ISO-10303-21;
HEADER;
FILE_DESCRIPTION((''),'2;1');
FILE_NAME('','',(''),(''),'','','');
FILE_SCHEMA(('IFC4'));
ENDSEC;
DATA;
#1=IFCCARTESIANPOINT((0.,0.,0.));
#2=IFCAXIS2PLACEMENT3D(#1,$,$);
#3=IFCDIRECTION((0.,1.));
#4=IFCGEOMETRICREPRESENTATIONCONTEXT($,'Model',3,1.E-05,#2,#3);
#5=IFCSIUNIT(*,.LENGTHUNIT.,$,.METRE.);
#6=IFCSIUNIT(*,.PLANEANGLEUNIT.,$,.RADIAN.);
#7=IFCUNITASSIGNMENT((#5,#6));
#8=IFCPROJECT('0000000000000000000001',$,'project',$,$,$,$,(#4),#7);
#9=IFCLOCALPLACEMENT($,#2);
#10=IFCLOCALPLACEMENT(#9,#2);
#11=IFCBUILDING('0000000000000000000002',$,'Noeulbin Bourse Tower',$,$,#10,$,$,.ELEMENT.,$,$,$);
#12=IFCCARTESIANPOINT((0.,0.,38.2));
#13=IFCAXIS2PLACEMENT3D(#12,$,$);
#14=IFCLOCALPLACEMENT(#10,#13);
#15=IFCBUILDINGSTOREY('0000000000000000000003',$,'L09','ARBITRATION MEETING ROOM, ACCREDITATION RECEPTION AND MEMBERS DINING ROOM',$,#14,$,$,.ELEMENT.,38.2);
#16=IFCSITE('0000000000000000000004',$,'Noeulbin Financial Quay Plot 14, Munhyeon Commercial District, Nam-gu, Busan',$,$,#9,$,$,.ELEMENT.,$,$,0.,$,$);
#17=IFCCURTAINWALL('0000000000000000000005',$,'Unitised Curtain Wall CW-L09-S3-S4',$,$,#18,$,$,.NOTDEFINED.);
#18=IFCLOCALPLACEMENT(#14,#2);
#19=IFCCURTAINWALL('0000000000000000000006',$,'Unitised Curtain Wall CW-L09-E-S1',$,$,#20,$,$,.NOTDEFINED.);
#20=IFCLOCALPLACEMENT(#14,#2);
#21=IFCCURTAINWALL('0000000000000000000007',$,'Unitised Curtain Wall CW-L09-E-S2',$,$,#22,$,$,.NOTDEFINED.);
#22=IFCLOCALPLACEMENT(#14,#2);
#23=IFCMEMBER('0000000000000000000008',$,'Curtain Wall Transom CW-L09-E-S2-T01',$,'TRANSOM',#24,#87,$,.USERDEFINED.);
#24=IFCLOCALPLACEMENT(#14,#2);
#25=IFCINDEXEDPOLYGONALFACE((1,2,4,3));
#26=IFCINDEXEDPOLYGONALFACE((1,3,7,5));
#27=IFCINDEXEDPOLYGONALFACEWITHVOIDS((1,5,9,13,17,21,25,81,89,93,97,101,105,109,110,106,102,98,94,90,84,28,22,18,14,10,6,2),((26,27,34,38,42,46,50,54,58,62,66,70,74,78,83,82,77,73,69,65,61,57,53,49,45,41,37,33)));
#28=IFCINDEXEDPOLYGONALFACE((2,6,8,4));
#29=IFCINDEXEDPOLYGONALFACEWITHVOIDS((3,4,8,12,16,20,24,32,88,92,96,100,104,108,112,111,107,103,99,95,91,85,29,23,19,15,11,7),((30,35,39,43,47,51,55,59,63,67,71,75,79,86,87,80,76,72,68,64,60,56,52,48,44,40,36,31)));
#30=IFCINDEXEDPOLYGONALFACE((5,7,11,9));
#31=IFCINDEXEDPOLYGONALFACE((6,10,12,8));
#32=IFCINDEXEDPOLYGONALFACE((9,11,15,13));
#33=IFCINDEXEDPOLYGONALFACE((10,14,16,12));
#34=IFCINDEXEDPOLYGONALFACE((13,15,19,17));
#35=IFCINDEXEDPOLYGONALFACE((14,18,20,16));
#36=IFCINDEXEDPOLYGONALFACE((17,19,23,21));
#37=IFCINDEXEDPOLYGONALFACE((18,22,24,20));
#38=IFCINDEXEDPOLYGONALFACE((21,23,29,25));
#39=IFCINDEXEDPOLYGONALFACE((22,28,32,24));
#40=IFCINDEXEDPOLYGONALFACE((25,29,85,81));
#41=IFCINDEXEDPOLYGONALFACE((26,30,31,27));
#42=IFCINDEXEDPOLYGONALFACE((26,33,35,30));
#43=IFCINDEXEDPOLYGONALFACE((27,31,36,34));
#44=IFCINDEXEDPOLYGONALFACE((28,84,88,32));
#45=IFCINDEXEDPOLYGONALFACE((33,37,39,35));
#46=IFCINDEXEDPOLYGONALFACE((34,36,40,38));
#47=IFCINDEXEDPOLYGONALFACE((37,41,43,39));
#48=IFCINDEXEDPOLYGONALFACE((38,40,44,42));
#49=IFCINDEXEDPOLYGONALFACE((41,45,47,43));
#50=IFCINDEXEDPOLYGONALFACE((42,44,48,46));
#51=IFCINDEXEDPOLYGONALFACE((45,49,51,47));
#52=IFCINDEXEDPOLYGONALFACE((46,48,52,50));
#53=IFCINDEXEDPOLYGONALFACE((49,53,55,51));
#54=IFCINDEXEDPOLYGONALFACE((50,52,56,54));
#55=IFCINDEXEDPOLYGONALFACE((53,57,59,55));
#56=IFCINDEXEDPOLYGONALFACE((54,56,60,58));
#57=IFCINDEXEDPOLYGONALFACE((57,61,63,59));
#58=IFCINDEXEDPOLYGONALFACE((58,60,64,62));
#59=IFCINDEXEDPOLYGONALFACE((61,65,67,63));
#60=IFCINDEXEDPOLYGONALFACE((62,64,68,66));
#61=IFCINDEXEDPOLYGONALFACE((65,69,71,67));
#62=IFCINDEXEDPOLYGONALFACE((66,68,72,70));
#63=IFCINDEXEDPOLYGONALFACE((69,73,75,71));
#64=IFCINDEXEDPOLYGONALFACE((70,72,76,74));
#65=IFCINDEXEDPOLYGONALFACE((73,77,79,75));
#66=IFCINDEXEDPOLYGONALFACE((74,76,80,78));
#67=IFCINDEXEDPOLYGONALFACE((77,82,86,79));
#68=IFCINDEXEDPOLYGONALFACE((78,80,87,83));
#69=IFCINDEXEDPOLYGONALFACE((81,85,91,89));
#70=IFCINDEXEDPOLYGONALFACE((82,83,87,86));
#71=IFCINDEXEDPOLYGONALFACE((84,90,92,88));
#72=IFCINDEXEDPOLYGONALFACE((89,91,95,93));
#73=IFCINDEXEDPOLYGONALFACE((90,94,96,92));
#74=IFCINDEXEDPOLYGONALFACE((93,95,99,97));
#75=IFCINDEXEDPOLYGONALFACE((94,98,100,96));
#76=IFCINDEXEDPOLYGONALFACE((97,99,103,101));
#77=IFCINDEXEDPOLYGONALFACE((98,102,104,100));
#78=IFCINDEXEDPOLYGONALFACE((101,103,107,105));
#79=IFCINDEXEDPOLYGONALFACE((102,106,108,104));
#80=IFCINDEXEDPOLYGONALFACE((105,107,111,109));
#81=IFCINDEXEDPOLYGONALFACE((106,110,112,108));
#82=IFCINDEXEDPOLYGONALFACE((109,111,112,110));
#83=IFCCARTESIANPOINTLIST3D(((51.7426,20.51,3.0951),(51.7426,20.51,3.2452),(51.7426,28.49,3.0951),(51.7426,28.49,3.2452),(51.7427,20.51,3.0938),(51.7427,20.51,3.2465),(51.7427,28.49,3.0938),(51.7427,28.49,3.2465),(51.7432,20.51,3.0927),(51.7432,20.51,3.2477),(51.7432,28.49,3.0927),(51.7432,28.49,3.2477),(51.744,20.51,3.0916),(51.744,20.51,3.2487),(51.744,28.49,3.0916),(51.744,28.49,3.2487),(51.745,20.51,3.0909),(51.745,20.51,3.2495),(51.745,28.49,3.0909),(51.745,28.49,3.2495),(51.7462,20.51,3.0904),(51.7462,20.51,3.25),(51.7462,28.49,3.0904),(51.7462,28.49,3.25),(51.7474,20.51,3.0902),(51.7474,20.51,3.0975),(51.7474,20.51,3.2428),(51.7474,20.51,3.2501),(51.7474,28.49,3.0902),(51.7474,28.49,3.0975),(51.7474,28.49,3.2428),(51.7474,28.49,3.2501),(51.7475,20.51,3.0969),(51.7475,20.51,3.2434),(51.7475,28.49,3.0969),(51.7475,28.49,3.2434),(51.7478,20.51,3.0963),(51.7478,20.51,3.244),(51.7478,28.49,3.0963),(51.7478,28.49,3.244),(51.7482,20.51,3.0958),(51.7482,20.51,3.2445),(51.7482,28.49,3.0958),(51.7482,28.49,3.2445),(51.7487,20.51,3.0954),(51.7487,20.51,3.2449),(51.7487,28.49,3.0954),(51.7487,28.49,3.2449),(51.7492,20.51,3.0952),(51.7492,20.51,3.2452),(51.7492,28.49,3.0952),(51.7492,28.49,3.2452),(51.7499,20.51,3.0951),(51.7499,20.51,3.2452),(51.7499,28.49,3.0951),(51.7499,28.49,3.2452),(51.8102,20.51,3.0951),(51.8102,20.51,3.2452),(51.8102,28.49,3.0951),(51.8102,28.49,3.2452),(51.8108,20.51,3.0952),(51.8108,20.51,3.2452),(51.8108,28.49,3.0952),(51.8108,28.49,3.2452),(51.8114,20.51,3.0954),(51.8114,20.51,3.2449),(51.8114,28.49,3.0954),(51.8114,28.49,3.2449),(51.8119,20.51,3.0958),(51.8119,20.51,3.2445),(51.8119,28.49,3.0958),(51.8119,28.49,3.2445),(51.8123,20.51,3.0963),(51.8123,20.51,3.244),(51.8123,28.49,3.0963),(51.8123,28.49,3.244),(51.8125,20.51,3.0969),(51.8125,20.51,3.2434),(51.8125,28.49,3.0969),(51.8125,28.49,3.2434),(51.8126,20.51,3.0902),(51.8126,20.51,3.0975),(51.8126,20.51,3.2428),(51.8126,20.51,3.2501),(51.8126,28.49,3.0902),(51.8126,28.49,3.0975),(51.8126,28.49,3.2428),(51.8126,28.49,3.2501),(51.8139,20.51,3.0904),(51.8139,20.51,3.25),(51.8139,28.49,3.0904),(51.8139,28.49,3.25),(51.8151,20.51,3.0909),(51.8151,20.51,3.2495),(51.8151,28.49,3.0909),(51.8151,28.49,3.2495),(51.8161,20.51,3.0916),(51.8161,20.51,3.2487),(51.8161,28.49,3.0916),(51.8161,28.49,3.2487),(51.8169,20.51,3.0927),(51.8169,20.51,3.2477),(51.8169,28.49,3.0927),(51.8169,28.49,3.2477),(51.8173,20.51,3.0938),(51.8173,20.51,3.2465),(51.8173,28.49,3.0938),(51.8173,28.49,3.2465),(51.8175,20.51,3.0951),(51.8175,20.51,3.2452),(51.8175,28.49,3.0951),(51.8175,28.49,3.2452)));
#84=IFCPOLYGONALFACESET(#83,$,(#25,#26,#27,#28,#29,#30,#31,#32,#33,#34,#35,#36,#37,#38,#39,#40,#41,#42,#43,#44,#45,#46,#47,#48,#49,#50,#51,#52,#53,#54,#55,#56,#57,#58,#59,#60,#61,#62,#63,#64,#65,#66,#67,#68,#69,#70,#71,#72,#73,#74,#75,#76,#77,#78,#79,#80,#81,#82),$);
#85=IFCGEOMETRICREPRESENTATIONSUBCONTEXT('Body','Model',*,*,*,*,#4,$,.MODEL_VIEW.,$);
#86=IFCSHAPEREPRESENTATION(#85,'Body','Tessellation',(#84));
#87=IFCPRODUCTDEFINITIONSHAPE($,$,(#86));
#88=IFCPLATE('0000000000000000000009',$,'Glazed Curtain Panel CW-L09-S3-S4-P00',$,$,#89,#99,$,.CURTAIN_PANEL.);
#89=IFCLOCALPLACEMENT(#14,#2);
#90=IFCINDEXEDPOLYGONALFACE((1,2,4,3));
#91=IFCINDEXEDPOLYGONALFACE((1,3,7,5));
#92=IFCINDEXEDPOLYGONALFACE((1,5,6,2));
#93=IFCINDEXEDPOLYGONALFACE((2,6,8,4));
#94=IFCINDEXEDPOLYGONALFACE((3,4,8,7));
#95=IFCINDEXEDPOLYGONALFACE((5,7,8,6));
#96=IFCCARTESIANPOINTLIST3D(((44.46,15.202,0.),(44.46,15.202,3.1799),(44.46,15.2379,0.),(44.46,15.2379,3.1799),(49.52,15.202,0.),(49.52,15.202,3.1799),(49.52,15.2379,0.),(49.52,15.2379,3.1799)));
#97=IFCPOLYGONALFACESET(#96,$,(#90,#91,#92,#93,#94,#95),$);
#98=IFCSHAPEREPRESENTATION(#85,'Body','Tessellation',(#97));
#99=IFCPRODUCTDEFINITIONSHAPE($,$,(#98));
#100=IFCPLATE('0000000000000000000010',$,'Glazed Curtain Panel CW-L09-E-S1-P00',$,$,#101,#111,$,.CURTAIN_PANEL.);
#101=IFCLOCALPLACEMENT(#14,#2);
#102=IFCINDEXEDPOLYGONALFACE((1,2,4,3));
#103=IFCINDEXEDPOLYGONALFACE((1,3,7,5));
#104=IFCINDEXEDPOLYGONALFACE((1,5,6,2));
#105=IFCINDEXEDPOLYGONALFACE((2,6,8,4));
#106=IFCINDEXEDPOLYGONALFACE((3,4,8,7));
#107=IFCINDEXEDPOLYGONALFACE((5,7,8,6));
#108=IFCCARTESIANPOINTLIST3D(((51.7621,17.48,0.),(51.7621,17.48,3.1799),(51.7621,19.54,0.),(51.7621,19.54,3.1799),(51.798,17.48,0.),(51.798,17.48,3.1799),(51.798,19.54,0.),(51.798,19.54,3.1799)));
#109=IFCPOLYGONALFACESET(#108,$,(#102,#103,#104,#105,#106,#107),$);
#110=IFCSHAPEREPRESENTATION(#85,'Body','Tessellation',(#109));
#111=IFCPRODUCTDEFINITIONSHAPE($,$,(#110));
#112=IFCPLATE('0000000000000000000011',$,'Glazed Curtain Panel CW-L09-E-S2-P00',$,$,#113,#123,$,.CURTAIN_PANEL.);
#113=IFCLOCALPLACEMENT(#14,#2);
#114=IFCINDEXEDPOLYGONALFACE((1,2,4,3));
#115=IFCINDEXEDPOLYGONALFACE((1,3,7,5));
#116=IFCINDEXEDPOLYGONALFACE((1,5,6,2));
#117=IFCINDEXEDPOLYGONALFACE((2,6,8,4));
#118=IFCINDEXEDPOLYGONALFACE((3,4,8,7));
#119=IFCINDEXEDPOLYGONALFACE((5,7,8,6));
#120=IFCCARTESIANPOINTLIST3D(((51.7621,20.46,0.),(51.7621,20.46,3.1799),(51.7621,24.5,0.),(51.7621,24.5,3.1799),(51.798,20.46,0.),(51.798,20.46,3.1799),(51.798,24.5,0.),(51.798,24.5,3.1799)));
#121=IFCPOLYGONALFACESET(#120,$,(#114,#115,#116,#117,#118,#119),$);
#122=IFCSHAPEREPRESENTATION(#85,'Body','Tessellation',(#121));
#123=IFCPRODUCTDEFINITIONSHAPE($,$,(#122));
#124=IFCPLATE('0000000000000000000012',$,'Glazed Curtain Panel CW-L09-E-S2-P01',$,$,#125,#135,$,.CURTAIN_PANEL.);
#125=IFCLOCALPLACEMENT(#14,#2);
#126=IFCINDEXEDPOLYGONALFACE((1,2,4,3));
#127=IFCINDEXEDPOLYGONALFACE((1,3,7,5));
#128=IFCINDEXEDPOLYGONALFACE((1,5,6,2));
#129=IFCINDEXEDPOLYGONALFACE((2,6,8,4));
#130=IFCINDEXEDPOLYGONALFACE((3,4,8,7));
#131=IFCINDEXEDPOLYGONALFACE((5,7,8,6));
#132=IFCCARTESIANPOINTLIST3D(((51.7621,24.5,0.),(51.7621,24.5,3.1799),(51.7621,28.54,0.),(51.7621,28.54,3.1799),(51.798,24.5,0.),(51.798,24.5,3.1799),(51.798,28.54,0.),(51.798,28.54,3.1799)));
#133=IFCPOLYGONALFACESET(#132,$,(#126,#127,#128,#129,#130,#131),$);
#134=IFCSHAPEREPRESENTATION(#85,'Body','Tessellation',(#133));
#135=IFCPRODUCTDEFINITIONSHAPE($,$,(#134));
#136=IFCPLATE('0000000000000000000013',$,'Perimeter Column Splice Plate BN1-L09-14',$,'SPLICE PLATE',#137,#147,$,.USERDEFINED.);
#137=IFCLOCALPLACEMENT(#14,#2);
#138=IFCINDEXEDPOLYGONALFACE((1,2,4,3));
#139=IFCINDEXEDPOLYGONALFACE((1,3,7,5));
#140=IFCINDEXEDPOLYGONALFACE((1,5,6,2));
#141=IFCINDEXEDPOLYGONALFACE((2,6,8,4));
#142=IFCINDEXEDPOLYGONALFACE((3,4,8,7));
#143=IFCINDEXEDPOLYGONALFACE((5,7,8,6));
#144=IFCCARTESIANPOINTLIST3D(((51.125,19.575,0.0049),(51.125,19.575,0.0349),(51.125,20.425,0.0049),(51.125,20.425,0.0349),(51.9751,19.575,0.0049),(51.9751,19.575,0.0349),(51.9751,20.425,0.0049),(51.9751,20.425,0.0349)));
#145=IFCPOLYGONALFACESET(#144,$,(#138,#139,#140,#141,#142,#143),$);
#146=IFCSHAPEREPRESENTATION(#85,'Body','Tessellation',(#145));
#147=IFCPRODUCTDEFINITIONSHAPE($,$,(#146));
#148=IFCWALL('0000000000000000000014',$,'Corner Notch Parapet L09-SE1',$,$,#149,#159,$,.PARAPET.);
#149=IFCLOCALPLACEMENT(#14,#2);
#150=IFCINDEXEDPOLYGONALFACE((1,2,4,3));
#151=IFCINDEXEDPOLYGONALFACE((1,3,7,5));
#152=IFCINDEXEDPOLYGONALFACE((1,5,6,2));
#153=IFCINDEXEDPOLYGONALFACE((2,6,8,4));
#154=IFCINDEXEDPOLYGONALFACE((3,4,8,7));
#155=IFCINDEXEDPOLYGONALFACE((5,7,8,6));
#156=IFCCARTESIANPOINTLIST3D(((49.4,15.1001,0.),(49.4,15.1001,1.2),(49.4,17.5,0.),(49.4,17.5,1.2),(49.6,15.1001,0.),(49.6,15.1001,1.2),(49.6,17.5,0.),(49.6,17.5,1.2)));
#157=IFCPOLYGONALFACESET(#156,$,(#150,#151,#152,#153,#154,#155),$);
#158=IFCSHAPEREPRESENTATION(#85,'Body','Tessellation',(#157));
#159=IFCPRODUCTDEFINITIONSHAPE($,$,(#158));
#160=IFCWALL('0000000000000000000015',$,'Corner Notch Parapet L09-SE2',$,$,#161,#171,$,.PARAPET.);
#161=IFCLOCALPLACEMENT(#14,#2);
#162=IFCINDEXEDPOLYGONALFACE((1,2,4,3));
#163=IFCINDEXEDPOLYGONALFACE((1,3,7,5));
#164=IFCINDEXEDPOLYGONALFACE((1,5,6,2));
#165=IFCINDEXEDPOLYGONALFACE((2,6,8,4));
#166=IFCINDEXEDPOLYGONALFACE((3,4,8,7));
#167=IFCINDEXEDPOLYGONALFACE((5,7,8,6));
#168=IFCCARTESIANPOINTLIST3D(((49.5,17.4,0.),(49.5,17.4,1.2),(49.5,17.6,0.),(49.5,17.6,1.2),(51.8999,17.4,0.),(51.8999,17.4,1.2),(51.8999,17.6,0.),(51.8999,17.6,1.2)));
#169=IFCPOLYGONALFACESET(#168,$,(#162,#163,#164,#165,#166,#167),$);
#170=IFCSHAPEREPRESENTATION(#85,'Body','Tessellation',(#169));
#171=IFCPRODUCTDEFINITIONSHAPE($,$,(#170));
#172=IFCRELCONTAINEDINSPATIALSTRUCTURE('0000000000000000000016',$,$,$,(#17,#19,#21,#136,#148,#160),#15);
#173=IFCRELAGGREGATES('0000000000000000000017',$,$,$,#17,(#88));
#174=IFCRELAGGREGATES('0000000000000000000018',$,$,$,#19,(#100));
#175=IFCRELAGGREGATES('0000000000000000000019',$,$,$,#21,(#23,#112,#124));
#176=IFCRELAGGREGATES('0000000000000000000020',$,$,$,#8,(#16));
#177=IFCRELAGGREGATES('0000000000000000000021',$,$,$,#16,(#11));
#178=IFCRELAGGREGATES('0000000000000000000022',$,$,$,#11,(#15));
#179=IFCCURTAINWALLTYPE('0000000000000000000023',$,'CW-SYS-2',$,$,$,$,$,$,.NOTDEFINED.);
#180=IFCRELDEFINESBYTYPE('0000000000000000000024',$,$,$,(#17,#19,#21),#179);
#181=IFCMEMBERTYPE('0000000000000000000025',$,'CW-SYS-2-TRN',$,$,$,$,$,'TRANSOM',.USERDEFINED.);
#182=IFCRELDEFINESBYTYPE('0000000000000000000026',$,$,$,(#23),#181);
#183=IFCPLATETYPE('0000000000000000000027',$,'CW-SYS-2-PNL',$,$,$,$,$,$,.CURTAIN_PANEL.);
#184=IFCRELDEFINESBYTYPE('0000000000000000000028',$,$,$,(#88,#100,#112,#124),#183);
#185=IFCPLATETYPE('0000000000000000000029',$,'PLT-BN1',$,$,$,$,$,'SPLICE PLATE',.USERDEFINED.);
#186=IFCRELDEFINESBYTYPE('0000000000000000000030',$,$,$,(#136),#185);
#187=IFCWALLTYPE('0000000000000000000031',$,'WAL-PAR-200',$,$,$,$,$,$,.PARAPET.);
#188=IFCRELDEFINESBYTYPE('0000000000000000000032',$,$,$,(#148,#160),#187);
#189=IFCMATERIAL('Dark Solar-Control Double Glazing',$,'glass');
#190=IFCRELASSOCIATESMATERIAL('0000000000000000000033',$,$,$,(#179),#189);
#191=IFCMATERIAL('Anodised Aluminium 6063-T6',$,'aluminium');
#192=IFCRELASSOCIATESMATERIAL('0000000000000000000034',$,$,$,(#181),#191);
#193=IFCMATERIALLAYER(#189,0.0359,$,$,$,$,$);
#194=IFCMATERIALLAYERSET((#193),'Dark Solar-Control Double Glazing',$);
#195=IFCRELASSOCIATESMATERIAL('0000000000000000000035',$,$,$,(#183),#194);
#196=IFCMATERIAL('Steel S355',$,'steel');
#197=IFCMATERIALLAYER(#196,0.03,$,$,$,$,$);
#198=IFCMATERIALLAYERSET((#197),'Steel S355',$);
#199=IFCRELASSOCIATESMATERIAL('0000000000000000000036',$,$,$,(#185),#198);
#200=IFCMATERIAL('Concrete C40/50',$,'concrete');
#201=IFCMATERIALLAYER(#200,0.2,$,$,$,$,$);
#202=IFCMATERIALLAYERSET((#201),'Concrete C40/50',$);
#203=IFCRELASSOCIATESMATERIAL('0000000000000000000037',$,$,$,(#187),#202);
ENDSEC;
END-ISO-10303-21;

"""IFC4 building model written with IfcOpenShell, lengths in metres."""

from ifc_helpers import new_model, si_unit, direction, frame, frame_2d, origin, origin_2d, place, context, subcontext, project, spatial, rectangle, hollow_rectangle, extrude, material, layer, layer_set, material_profile, profile_set, type_object, element, aggregate, save


model = new_model("IFC4")

# Units and contexts
model_context = context("Model", 3, precision=1e-05, world=origin(), true_north=direction((0.0, 1.0)))
body_context = subcontext(model_context, "Body", "Model", "MODEL_VIEW")
ifc_project = project(units=[si_unit("LENGTHUNIT", "METRE"), si_unit("PLANEANGLEUNIT", "RADIAN")], contexts=[model_context])

# Site, building, storey
site_placement = place(None, origin())
site = spatial("IfcSite", under=ifc_project, at=site_placement, Name="Noeulbin Financial Quay Plot 14, Munhyeon Commercial District, Nam-gu, Busan", CompositionType="ELEMENT", RefElevation=0.0)
building_placement = place(site_placement, origin())
building = spatial("IfcBuilding", under=site, at=building_placement, Name="Noeulbin Bourse Tower", CompositionType="ELEMENT")
storey_placement = place(building_placement, frame((0.0, 0.0, 38.2)))
storey = spatial("IfcBuildingStorey", under=building, at=storey_placement, Name="L09", Description="ARBITRATION MEETING ROOM, ACCREDITATION RECEPTION AND MEMBERS DINING ROOM", CompositionType="ELEMENT", Elevation=38.2)

# Shared definitions
ifc_material_1 = material(Name="Steel S355", Category="steel")

# Curtain walls
ifc_material_2 = material(Name="Dark Solar-Control Double Glazing", Category="glass")
curtain_wall_type = type_object("IfcCurtainWallType", Name="CW-SYS-2", PredefinedType="NOTDEFINED", material=ifc_material_2)
curtain_wall_1_placement = place(storey_placement, origin())
curtain_wall_1 = element("IfcCurtainWall", 1, at=curtain_wall_1_placement, inside=storey, type_object=curtain_wall_type, Name="Unitised Curtain Wall CW-L09-S3-S4", PredefinedType="NOTDEFINED")
ifc_material_3 = material(Name="Anodised Aluminium 6063-T6", Category="aluminium")
curtain_wall_2_placement = place(storey_placement, origin())
curtain_wall_2 = element("IfcCurtainWall", 2, at=curtain_wall_2_placement, inside=storey, type_object=curtain_wall_type, Name="Unitised Curtain Wall CW-L09-E-S1", PredefinedType="NOTDEFINED")
curtain_wall_3_placement = place(storey_placement, origin())
curtain_wall_3 = element("IfcCurtainWall", 3, at=curtain_wall_3_placement, inside=storey, type_object=curtain_wall_type, Name="Unitised Curtain Wall CW-L09-E-S2", PredefinedType="NOTDEFINED")

# Member
ifc_material_profile_1 = material_profile(ifc_material_3, hollow_rectangle(XDim=0.075, YDim=0.1599, WallThickness=0.0049, InnerFilletRadius=0.0024, OuterFilletRadius=0.0049, at=origin_2d()), Name="ALU-TRAN-75x160x5", Category="LoadBearing")
ifc_profile_set_1 = profile_set([ifc_material_profile_1], Name="Anodised Aluminium 6063-T6")
member_type_1 = type_object("IfcMemberType", Name="CW-SYS-2-TRN", ElementType="TRANSOM", PredefinedType="USERDEFINED", material=ifc_profile_set_1)
member_1_placement = place(storey_placement, frame((51.78, 20.51, 3.1702), z_axis=(0.0, 1.0, 0.0), x_axis=(-1.0, 0.0, 0.0)))
member_1 = element("IfcMember", 4, at=member_1_placement, type_object=member_type_1, Name="Curtain Wall Transom CW-L09-E-S2-T01", ObjectType="TRANSOM", PredefinedType="USERDEFINED", context=body_context, shape_type="SweptSolid", body=[
    extrude(hollow_rectangle(XDim=0.075, YDim=0.1599, WallThickness=0.0049, InnerFilletRadius=0.0024, OuterFilletRadius=0.0049, at=origin_2d()), origin(), (0.0, 0.0, 1.0), 7.98),
])

# Plates
ifc_layer_1 = layer(ifc_material_2, 0.0359)
ifc_layer_set_1 = layer_set([ifc_layer_1], Name="Dark Solar-Control Double Glazing")
plate_type_1 = type_object("IfcPlateType", Name="CW-SYS-2-PNL", PredefinedType="CURTAIN_PANEL", material=ifc_layer_set_1)
plate_1_placement = place(storey_placement, frame((46.99, 15.22, 0.0), z_axis=(0.0, 0.0, 1.0), x_axis=(1.0, 0.0, 0.0)))
plate_1 = element("IfcPlate", 5, at=plate_1_placement, type_object=plate_type_1, Name="Glazed Curtain Panel CW-L09-S3-S4-P00", PredefinedType="CURTAIN_PANEL", context=body_context, shape_type="SweptSolid", body=[
    extrude(rectangle(XDim=5.0601, YDim=0.0359, at=origin_2d()), origin(), (0.0, 0.0, 1.0), 3.1799),
])
aggregate(curtain_wall_1, [plate_1])
plate_2_placement = place(storey_placement, frame((51.78, 18.51, 0.0), z_axis=(0.0, 0.0, 1.0), x_axis=(0.0, 1.0, 0.0)))
plate_2 = element("IfcPlate", 6, at=plate_2_placement, type_object=plate_type_1, Name="Glazed Curtain Panel CW-L09-E-S1-P00", PredefinedType="CURTAIN_PANEL", context=body_context, shape_type="SweptSolid", body=[
    extrude(rectangle(XDim=2.0601, YDim=0.0359, at=origin_2d()), origin(), (0.0, 0.0, 1.0), 3.1799),
])
aggregate(curtain_wall_2, [plate_2])
plate_3_placement = place(storey_placement, frame((51.78, 22.48, 0.0), z_axis=(0.0, 0.0, 1.0), x_axis=(0.0, 1.0, 0.0)))
plate_3 = element("IfcPlate", 7, at=plate_3_placement, type_object=plate_type_1, Name="Glazed Curtain Panel CW-L09-E-S2-P00", PredefinedType="CURTAIN_PANEL", context=body_context, shape_type="SweptSolid", body=[
    extrude(rectangle(XDim=4.04, YDim=0.0359, at=origin_2d()), origin(), (0.0, 0.0, 1.0), 3.1799),
])
plate_4_placement = place(storey_placement, frame((51.78, 26.52, 0.0), z_axis=(0.0, 0.0, 1.0), x_axis=(0.0, 1.0, 0.0)))
plate_4 = element("IfcPlate", 8, at=plate_4_placement, type_object=plate_type_1, Name="Glazed Curtain Panel CW-L09-E-S2-P01", PredefinedType="CURTAIN_PANEL", context=body_context, shape_type="SweptSolid", body=[
    extrude(rectangle(XDim=4.04, YDim=0.0359, at=origin_2d()), origin(), (0.0, 0.0, 1.0), 3.1799),
])
aggregate(curtain_wall_3, [member_1, plate_3, plate_4])
ifc_layer_2 = layer(ifc_material_1, 0.03)
ifc_layer_set_2 = layer_set([ifc_layer_2], Name="Steel S355")
plate_type_2 = type_object("IfcPlateType", Name="PLT-BN1", ElementType="SPLICE PLATE", PredefinedType="USERDEFINED", material=ifc_layer_set_2)
plate_5_placement = place(storey_placement, frame((51.55, 20.0, 0.0049), z_axis=(0.0, 0.0, 1.0), x_axis=(1.0, 0.0, 0.0)))
element("IfcPlate", 9, at=plate_5_placement, inside=storey, type_object=plate_type_2, Name="Perimeter Column Splice Plate BN1-L09-14", ObjectType="SPLICE PLATE", PredefinedType="USERDEFINED", context=body_context, shape_type="SweptSolid", body=[
    extrude(rectangle(XDim=0.8501, YDim=0.8501, at=origin_2d()), origin(), (0.0, 0.0, 1.0), 0.03),
])

# Walls
ifc_material_4 = material(Name="Concrete C40/50", Category="concrete")
ifc_layer_3 = layer(ifc_material_4, 0.2)
ifc_layer_set_3 = layer_set([ifc_layer_3], Name="Concrete C40/50")
wall_type_1 = type_object("IfcWallType", Name="WAL-PAR-200", PredefinedType="PARAPET", material=ifc_layer_set_3)
for number, where, z_axis, x_axis, name in (
    (10, (49.5, 15.1001, 0.0), (0.0, 0.0, 1.0), (0.0, 1.0, 0.0), "Corner Notch Parapet L09-SE1"),
    (11, (49.5, 17.5, 0.0), (0.0, 0.0, 1.0), (1.0, 0.0, 0.0), "Corner Notch Parapet L09-SE2"),
):
    element("IfcWall", number, at=place(storey_placement, frame(where, z_axis=z_axis, x_axis=x_axis)), inside=storey, type_object=wall_type_1, Name=name, PredefinedType="PARAPET", context=body_context, shape_type="SweptSolid", body=[
        extrude(rectangle(XDim=2.3999, YDim=0.2, at=frame_2d((1.2, 0.0))), origin(), (0.0, 0.0, 1.0), 1.2),
    ])

save(model, "model.ifc")
